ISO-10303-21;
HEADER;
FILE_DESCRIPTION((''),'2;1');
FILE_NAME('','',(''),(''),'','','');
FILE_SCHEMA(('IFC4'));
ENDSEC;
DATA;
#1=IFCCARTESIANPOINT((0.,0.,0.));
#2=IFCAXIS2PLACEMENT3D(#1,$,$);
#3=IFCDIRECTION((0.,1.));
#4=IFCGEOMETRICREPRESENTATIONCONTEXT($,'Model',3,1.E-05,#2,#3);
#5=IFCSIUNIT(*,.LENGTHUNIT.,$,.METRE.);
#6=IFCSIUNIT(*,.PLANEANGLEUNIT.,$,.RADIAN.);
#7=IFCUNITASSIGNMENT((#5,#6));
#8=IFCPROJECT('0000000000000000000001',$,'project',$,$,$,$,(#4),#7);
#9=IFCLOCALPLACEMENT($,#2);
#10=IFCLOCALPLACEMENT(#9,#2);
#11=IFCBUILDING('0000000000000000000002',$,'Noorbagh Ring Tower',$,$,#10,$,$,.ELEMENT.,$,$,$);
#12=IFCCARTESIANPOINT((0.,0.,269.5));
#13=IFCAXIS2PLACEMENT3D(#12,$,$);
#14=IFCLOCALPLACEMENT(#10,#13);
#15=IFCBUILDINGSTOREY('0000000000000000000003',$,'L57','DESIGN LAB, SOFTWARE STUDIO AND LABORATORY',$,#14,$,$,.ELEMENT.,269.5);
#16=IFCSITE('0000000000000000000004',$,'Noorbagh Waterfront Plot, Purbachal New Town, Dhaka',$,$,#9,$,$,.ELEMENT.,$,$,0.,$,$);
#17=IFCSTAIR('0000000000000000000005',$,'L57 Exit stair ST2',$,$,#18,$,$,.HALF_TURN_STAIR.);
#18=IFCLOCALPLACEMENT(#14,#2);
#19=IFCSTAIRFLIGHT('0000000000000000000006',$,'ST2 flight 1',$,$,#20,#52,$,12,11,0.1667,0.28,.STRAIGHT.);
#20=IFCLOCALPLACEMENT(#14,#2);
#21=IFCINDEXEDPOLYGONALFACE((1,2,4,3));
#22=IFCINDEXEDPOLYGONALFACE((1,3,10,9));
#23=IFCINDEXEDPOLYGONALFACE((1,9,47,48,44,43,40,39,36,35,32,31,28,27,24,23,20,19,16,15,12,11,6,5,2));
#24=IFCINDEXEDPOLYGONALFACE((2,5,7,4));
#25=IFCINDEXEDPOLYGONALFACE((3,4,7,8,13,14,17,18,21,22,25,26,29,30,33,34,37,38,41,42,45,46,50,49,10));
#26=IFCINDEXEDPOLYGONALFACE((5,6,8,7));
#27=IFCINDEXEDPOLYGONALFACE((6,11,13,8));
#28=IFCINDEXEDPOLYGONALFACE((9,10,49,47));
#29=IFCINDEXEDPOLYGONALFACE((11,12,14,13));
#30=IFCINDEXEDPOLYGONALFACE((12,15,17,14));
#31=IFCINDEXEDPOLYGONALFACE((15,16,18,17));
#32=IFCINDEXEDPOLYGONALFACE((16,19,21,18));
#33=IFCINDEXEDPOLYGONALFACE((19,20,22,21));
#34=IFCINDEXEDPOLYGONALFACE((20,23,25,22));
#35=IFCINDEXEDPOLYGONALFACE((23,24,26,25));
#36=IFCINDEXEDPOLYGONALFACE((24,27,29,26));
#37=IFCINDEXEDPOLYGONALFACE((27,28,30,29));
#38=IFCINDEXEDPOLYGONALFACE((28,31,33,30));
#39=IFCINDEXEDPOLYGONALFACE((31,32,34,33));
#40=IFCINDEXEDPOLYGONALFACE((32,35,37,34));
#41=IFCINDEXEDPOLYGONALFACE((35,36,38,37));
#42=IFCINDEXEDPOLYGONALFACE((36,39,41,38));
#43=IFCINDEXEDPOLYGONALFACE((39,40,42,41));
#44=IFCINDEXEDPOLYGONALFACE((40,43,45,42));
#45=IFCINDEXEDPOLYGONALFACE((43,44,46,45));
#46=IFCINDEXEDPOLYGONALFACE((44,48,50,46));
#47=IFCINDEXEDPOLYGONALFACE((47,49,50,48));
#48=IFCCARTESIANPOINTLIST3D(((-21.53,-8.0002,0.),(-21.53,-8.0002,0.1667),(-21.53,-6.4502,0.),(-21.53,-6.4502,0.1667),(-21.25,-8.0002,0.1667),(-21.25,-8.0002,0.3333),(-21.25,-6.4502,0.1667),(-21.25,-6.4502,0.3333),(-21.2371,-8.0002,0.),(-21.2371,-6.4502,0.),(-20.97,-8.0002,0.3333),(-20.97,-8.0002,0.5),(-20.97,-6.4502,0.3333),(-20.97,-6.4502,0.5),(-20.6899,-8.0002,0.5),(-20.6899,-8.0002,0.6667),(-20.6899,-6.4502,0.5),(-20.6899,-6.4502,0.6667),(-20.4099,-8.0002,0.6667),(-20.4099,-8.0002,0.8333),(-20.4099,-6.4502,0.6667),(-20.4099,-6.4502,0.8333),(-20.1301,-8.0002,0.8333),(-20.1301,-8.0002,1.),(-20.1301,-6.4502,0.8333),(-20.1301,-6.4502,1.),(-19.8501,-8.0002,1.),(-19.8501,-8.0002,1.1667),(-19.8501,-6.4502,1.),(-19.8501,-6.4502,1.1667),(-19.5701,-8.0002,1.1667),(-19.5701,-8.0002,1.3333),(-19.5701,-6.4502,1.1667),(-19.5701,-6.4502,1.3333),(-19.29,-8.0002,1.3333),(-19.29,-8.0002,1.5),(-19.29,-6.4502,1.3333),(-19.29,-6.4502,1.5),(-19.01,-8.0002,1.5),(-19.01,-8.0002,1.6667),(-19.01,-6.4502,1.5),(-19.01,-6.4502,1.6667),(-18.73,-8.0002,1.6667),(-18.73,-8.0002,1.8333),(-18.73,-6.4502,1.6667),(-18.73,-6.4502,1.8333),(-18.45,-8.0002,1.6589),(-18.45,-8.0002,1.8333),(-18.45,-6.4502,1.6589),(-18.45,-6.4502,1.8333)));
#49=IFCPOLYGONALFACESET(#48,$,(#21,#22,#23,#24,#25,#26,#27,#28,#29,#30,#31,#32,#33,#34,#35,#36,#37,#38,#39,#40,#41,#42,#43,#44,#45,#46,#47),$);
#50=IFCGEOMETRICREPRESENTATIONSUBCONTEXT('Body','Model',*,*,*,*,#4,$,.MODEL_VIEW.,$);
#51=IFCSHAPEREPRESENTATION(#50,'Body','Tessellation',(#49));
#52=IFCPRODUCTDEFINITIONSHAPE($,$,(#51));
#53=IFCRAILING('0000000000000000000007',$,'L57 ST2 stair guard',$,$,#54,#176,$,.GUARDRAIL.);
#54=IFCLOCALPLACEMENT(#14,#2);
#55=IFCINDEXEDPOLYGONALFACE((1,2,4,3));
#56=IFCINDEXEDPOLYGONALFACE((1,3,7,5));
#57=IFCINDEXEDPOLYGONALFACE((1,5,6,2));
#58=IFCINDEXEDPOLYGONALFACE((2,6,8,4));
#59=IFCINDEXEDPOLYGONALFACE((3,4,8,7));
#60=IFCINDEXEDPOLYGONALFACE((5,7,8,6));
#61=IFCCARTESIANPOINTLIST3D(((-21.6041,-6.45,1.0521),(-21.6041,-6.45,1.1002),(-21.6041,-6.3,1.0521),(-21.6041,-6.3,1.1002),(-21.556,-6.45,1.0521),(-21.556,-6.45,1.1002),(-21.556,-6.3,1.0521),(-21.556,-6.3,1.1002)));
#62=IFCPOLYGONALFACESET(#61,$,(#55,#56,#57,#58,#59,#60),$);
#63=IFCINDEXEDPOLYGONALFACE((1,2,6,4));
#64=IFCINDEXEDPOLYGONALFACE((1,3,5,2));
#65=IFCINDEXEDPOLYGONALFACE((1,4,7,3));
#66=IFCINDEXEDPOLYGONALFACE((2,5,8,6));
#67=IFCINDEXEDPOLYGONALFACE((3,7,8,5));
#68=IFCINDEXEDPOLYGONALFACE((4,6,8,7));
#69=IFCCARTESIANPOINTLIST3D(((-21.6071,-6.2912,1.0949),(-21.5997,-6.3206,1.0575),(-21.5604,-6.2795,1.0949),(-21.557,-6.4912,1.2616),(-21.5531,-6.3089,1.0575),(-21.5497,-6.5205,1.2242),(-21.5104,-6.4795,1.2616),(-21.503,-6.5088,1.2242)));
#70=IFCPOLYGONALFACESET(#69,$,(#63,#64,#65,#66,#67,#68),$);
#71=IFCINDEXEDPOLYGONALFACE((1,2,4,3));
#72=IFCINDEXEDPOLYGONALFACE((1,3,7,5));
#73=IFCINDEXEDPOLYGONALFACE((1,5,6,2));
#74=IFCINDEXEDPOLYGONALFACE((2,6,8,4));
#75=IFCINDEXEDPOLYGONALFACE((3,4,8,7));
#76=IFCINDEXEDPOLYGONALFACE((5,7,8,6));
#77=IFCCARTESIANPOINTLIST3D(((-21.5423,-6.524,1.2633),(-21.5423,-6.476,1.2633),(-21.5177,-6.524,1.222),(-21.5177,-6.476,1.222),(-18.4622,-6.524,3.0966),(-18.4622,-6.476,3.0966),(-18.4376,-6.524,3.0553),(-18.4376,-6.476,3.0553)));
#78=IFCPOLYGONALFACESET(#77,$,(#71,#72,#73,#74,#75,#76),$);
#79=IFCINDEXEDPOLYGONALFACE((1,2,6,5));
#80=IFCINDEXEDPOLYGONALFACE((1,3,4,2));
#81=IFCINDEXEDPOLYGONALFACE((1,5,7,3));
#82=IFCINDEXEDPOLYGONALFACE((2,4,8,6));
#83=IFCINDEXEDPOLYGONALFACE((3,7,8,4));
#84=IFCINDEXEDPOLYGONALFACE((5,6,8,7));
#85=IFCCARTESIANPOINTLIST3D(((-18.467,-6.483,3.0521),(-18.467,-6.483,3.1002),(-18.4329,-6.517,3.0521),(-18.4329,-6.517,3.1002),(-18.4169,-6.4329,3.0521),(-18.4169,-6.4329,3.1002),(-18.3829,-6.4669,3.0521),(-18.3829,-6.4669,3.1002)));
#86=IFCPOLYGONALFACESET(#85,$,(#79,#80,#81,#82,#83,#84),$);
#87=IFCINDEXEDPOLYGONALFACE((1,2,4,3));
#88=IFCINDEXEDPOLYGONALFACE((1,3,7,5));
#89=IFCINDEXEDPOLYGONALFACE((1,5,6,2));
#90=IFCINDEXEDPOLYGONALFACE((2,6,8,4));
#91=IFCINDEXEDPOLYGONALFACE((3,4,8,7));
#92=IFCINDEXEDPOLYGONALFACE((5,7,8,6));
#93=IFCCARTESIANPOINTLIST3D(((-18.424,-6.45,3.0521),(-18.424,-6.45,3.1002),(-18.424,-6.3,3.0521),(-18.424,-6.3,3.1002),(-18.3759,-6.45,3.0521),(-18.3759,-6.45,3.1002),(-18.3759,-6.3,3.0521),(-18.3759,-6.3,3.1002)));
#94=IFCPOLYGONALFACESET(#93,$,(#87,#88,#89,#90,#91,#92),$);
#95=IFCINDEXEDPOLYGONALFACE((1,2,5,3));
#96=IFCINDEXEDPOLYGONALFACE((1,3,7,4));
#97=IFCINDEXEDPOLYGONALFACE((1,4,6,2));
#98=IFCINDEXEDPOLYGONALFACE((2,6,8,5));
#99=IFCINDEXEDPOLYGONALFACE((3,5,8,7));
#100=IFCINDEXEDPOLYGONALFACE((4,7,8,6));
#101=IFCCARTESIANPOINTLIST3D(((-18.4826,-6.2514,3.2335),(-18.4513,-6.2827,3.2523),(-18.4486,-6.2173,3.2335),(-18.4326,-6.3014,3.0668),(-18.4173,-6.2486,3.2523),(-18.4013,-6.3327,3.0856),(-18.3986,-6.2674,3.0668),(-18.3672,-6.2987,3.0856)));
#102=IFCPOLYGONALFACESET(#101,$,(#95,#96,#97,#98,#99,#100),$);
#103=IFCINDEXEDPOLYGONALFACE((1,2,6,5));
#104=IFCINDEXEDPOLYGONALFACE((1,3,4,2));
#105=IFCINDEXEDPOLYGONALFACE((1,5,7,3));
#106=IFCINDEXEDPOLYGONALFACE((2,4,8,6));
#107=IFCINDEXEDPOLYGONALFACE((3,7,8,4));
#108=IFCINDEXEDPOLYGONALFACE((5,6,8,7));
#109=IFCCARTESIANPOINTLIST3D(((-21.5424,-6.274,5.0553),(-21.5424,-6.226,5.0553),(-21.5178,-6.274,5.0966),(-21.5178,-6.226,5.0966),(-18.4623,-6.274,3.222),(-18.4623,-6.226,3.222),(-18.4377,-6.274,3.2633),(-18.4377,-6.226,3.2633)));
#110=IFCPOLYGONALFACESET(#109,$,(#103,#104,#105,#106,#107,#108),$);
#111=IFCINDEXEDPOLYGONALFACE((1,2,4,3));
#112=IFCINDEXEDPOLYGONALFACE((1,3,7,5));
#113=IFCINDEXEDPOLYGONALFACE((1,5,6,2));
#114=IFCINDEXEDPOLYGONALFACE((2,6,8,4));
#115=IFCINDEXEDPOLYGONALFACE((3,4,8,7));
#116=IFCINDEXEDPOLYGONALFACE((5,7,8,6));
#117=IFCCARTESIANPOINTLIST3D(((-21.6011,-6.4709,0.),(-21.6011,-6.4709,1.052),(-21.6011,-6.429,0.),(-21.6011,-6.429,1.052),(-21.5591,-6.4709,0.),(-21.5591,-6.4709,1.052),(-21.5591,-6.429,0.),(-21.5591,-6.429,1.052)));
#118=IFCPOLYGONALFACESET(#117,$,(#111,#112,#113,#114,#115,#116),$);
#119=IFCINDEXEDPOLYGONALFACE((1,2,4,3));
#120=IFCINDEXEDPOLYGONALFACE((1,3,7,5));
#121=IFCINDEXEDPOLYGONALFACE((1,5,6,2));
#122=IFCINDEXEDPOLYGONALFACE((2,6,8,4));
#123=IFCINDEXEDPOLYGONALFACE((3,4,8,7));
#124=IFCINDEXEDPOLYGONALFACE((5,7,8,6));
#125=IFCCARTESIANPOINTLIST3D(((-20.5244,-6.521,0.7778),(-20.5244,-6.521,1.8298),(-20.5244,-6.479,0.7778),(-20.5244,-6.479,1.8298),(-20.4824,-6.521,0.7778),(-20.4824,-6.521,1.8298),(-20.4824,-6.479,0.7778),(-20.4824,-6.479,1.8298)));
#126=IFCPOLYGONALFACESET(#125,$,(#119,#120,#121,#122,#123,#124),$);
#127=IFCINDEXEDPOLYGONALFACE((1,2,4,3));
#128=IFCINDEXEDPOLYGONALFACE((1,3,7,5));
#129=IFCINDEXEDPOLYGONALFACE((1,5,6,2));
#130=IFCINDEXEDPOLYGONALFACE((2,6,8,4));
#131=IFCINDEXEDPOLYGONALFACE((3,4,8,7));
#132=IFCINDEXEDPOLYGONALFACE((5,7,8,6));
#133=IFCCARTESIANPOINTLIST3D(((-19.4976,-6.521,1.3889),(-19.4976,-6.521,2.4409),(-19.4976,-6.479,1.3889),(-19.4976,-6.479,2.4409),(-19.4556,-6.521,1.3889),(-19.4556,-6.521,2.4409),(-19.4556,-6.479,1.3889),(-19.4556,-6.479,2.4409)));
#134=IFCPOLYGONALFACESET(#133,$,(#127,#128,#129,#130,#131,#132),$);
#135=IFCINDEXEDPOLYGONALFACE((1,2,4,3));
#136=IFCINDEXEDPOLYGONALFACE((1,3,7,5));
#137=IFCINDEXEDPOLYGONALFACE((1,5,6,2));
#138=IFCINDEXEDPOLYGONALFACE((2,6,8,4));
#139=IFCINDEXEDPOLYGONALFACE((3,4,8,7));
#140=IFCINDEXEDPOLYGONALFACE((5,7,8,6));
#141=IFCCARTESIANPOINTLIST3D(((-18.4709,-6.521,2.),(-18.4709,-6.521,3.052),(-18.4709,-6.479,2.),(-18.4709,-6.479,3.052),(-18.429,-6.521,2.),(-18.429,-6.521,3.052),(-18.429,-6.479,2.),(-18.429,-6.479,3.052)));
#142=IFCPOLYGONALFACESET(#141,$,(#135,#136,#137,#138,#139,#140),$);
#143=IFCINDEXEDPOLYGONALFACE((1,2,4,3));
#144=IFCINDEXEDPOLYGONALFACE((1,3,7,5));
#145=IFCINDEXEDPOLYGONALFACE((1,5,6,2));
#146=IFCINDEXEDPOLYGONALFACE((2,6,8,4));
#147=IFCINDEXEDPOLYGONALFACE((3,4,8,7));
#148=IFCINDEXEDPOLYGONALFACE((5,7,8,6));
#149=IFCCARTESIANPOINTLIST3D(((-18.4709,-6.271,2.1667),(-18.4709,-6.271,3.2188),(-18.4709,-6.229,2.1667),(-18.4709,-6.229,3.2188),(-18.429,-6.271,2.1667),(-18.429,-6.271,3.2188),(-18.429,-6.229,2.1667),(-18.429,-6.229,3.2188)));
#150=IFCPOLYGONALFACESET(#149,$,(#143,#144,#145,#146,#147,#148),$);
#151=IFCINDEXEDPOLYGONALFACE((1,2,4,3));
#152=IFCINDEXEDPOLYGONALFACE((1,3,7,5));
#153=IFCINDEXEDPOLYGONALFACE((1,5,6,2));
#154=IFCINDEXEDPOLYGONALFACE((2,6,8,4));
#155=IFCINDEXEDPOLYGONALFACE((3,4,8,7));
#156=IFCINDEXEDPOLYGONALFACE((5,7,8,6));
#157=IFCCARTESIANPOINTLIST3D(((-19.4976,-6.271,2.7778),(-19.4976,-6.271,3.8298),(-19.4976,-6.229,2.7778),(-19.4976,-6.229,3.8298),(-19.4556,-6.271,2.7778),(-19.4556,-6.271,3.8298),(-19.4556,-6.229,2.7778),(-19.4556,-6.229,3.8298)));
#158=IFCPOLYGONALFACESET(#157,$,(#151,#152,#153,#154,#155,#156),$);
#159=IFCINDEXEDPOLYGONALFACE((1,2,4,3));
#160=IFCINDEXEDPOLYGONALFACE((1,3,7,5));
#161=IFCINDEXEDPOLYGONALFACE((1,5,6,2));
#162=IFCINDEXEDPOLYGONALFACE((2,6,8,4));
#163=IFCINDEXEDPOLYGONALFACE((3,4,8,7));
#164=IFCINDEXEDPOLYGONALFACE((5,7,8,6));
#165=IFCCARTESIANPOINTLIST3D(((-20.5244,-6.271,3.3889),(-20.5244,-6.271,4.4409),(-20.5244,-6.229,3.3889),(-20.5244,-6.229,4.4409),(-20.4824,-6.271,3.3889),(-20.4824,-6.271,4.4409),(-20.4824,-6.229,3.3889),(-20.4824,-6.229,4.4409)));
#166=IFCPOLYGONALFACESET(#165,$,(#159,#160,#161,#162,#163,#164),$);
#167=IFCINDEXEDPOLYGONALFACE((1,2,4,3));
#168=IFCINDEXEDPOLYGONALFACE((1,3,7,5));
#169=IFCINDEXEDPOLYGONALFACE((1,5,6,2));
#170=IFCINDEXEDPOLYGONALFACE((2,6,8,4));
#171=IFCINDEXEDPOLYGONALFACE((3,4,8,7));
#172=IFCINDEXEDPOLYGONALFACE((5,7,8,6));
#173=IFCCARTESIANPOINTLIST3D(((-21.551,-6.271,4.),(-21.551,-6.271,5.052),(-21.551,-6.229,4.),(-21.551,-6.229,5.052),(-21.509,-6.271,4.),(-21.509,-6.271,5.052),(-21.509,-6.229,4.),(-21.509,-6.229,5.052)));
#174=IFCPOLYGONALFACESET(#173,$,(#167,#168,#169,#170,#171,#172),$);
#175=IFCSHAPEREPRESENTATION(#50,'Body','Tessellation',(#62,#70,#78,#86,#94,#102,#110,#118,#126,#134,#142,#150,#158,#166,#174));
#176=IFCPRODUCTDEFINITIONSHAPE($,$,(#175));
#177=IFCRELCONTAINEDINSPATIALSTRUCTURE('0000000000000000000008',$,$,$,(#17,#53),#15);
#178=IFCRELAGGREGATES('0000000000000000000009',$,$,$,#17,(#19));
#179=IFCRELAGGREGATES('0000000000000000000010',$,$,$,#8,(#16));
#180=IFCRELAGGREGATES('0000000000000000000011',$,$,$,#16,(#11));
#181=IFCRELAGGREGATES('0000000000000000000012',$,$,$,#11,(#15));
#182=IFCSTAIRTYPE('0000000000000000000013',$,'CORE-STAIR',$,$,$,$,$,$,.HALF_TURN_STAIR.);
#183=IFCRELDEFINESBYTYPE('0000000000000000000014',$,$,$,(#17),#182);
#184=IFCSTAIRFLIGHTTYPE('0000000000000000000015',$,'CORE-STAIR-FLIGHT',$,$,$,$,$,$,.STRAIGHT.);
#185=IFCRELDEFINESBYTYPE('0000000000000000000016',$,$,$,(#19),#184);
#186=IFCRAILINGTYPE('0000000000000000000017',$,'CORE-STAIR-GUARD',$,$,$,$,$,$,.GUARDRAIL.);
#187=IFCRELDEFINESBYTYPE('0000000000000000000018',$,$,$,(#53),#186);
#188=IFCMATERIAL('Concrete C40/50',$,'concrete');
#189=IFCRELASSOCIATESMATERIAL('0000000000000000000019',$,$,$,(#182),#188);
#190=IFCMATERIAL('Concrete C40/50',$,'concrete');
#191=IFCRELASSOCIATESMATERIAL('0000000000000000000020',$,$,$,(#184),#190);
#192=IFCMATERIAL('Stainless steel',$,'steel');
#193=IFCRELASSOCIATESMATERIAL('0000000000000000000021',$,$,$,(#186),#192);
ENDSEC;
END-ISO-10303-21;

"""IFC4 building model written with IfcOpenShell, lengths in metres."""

from ifc_helpers import new_model, si_unit, direction, frame, origin, origin_2d, place, context, subcontext, project, spatial, polyline, rectangle, outline, extrude, material, type_object, element, aggregate, save


model = new_model("IFC4")

# Units and contexts
model_context = context("Model", 3, precision=1e-05, world=origin(), true_north=direction((0.0, 1.0)))
body_context = subcontext(model_context, "Body", "Model", "MODEL_VIEW")
ifc_project = project(units=[si_unit("LENGTHUNIT", "METRE"), si_unit("PLANEANGLEUNIT", "RADIAN")], contexts=[model_context])

# Site, building, storey
site_placement = place(None, origin())
site = spatial("IfcSite", under=ifc_project, at=site_placement, Name="Noorbagh Waterfront Plot, Purbachal New Town, Dhaka", CompositionType="ELEMENT", RefElevation=0.0)
building_placement = place(site_placement, origin())
building = spatial("IfcBuilding", under=site, at=building_placement, Name="Noorbagh Ring Tower", CompositionType="ELEMENT")
storey_placement = place(building_placement, frame((0.0, 0.0, 269.5)))
storey = spatial("IfcBuildingStorey", under=building, at=storey_placement, Name="L57", Description="DESIGN LAB, SOFTWARE STUDIO AND LABORATORY", CompositionType="ELEMENT", Elevation=269.5)

# Stair, stair flight
ifc_material_1 = material(Name="Concrete C40/50", Category="concrete")
stair_type = type_object("IfcStairType", Name="CORE-STAIR", PredefinedType="HALF_TURN_STAIR", material=ifc_material_1)
stair_placement = place(storey_placement, origin())
stair = element("IfcStair", 1, at=stair_placement, inside=storey, type_object=stair_type, Name="L57 Exit stair ST2", PredefinedType="HALF_TURN_STAIR")
ifc_material_2 = material(Name="Concrete C40/50", Category="concrete")
stair_flight_type = type_object("IfcStairFlightType", Name="CORE-STAIR-FLIGHT", PredefinedType="STRAIGHT", material=ifc_material_2)
stair_flight_placement = place(storey_placement, frame((-21.53, -7.2251, 0.0), z_axis=(0.0, 0.0, 1.0), x_axis=(1.0, 0.0, 0.0)))
stair_flight = element("IfcStairFlight", 2, at=stair_flight_placement, type_object=stair_flight_type, Name="ST2 flight 1", NumberOfRisers=12, NumberOfTreads=11, PredefinedType="STRAIGHT", RiserHeight=0.1667, TreadLength=0.28, context=body_context, shape_type="SweptSolid", body=[
    extrude(outline(polyline([(0.0, 0.0), (0.0, 0.1667), (0.28, 0.1667), (0.28, 0.3333), (0.5601, 0.3333), (0.5601, 0.5), (0.8401, 0.5), (0.8401, 0.6667), (1.1201, 0.6667), (1.1201, 0.8333), (1.3999, 0.8333), (1.3999, 1.0), (1.6799, 1.0), (1.6799, 1.1667), (1.96, 1.1667), (1.96, 1.3333), (2.24, 1.3333), (2.24, 1.5), (2.52, 1.5), (2.52, 1.6667), (2.8, 1.6667), (2.8, 1.8333), (3.0801, 1.8333), (3.0801, 2.0), (3.0801, 1.6589), (0.293, 0.0), (0.0, 0.0)])), frame((0.0, 0.7749, 0.0), z_axis=(0.0, -1.0, 0.0), x_axis=(1.0, 0.0, 0.0)), (0.0, 0.0, 1.0), 1.55),
])
aggregate(stair, [stair_flight])

# Railing
ifc_material_3 = material(Name="Stainless steel", Category="steel")
railing_type_1 = type_object("IfcRailingType", Name="CORE-STAIR-GUARD", PredefinedType="GUARDRAIL", material=ifc_material_3)
railing_1_placement = place(storey_placement, frame((-21.5801, -6.45, 0.0)))
element("IfcRailing", 3, at=railing_1_placement, inside=storey, type_object=railing_type_1, Name="L57 ST2 stair guard", PredefinedType="GUARDRAIL", context=body_context, shape_type="SweptSolid", body=[
    extrude(rectangle(XDim=0.0481, YDim=0.0481, at=origin_2d()), frame((0.0, 0.0, 1.0762), z_axis=(0.0, 1.0, 0.0), x_axis=(-1.0, 0.0, 0.0)), (0.0, 0.0, 1.0), 0.1499),
    extrude(rectangle(XDim=0.0481, YDim=0.0481, at=origin_2d()), frame((0.0, 0.1499, 1.0762), z_axis=(0.188776, -0.754182, 0.628946), x_axis=(0.970073, 0.242814, 0.0)), (0.0, 0.0, 1.0), 0.2651),
    extrude(rectangle(XDim=0.0481, YDim=0.0481, at=origin_2d()), frame((0.05, -0.05, 1.2427), z_axis=(0.859309, 0.0, 0.511458), x_axis=(0.0, 1.0, 0.0)), (0.0, 0.0, 1.0), 3.5845),
    extrude(rectangle(XDim=0.0481, YDim=0.0481, at=origin_2d()), frame((3.1301, -0.05, 3.0762), z_axis=(0.707107, 0.707107, 0.0), x_axis=(-0.707107, 0.707107, 0.0)), (0.0, 0.0, 1.0), 0.0708),
    extrude(rectangle(XDim=0.0481, YDim=0.0481, at=origin_2d()), frame((3.1802, 0.0, 3.0762), z_axis=(0.0, 1.0, 0.0), x_axis=(-1.0, 0.0, 0.0)), (0.0, 0.0, 1.0), 0.1499),
    extrude(rectangle(XDim=0.0481, YDim=0.0481, at=origin_2d()), frame((3.1802, 0.1499, 3.0762), z_axis=(-0.276287, 0.276287, 0.920506), x_axis=(-0.707107, -0.707107, 0.0)), (0.0, 0.0, 1.0), 0.1812),
    extrude(rectangle(XDim=0.0481, YDim=0.0481, at=origin_2d()), frame((3.1301, 0.2, 3.2427), z_axis=(-0.859309, 0.0, 0.511458), x_axis=(0.0, -1.0, 0.0)), (0.0, 0.0, 1.0), 3.5845),
    extrude(rectangle(XDim=0.042, YDim=0.042, at=origin_2d()), origin(), (0.0, 0.0, 1.0), 1.052),
    extrude(rectangle(XDim=0.042, YDim=0.042, at=origin_2d()), frame((1.0767, -0.05, 0.7778)), (0.0, 0.0, 1.0), 1.052),
    extrude(rectangle(XDim=0.042, YDim=0.042, at=origin_2d()), frame((2.1035, -0.05, 1.3889)), (0.0, 0.0, 1.0), 1.052),
    extrude(rectangle(XDim=0.042, YDim=0.042, at=origin_2d()), frame((3.1301, -0.05, 2.0)), (0.0, 0.0, 1.0), 1.052),
    extrude(rectangle(XDim=0.042, YDim=0.042, at=origin_2d()), frame((3.1301, 0.2, 2.1667)), (0.0, 0.0, 1.0), 1.052),
    extrude(rectangle(XDim=0.042, YDim=0.042, at=origin_2d()), frame((2.1035, 0.2, 2.7778)), (0.0, 0.0, 1.0), 1.052),
    extrude(rectangle(XDim=0.042, YDim=0.042, at=origin_2d()), frame((1.0767, 0.2, 3.3889)), (0.0, 0.0, 1.0), 1.052),
    extrude(rectangle(XDim=0.042, YDim=0.042, at=origin_2d()), frame((0.05, 0.2, 4.0)), (0.0, 0.0, 1.0), 1.052),
])

save(model, "model.ifc")
